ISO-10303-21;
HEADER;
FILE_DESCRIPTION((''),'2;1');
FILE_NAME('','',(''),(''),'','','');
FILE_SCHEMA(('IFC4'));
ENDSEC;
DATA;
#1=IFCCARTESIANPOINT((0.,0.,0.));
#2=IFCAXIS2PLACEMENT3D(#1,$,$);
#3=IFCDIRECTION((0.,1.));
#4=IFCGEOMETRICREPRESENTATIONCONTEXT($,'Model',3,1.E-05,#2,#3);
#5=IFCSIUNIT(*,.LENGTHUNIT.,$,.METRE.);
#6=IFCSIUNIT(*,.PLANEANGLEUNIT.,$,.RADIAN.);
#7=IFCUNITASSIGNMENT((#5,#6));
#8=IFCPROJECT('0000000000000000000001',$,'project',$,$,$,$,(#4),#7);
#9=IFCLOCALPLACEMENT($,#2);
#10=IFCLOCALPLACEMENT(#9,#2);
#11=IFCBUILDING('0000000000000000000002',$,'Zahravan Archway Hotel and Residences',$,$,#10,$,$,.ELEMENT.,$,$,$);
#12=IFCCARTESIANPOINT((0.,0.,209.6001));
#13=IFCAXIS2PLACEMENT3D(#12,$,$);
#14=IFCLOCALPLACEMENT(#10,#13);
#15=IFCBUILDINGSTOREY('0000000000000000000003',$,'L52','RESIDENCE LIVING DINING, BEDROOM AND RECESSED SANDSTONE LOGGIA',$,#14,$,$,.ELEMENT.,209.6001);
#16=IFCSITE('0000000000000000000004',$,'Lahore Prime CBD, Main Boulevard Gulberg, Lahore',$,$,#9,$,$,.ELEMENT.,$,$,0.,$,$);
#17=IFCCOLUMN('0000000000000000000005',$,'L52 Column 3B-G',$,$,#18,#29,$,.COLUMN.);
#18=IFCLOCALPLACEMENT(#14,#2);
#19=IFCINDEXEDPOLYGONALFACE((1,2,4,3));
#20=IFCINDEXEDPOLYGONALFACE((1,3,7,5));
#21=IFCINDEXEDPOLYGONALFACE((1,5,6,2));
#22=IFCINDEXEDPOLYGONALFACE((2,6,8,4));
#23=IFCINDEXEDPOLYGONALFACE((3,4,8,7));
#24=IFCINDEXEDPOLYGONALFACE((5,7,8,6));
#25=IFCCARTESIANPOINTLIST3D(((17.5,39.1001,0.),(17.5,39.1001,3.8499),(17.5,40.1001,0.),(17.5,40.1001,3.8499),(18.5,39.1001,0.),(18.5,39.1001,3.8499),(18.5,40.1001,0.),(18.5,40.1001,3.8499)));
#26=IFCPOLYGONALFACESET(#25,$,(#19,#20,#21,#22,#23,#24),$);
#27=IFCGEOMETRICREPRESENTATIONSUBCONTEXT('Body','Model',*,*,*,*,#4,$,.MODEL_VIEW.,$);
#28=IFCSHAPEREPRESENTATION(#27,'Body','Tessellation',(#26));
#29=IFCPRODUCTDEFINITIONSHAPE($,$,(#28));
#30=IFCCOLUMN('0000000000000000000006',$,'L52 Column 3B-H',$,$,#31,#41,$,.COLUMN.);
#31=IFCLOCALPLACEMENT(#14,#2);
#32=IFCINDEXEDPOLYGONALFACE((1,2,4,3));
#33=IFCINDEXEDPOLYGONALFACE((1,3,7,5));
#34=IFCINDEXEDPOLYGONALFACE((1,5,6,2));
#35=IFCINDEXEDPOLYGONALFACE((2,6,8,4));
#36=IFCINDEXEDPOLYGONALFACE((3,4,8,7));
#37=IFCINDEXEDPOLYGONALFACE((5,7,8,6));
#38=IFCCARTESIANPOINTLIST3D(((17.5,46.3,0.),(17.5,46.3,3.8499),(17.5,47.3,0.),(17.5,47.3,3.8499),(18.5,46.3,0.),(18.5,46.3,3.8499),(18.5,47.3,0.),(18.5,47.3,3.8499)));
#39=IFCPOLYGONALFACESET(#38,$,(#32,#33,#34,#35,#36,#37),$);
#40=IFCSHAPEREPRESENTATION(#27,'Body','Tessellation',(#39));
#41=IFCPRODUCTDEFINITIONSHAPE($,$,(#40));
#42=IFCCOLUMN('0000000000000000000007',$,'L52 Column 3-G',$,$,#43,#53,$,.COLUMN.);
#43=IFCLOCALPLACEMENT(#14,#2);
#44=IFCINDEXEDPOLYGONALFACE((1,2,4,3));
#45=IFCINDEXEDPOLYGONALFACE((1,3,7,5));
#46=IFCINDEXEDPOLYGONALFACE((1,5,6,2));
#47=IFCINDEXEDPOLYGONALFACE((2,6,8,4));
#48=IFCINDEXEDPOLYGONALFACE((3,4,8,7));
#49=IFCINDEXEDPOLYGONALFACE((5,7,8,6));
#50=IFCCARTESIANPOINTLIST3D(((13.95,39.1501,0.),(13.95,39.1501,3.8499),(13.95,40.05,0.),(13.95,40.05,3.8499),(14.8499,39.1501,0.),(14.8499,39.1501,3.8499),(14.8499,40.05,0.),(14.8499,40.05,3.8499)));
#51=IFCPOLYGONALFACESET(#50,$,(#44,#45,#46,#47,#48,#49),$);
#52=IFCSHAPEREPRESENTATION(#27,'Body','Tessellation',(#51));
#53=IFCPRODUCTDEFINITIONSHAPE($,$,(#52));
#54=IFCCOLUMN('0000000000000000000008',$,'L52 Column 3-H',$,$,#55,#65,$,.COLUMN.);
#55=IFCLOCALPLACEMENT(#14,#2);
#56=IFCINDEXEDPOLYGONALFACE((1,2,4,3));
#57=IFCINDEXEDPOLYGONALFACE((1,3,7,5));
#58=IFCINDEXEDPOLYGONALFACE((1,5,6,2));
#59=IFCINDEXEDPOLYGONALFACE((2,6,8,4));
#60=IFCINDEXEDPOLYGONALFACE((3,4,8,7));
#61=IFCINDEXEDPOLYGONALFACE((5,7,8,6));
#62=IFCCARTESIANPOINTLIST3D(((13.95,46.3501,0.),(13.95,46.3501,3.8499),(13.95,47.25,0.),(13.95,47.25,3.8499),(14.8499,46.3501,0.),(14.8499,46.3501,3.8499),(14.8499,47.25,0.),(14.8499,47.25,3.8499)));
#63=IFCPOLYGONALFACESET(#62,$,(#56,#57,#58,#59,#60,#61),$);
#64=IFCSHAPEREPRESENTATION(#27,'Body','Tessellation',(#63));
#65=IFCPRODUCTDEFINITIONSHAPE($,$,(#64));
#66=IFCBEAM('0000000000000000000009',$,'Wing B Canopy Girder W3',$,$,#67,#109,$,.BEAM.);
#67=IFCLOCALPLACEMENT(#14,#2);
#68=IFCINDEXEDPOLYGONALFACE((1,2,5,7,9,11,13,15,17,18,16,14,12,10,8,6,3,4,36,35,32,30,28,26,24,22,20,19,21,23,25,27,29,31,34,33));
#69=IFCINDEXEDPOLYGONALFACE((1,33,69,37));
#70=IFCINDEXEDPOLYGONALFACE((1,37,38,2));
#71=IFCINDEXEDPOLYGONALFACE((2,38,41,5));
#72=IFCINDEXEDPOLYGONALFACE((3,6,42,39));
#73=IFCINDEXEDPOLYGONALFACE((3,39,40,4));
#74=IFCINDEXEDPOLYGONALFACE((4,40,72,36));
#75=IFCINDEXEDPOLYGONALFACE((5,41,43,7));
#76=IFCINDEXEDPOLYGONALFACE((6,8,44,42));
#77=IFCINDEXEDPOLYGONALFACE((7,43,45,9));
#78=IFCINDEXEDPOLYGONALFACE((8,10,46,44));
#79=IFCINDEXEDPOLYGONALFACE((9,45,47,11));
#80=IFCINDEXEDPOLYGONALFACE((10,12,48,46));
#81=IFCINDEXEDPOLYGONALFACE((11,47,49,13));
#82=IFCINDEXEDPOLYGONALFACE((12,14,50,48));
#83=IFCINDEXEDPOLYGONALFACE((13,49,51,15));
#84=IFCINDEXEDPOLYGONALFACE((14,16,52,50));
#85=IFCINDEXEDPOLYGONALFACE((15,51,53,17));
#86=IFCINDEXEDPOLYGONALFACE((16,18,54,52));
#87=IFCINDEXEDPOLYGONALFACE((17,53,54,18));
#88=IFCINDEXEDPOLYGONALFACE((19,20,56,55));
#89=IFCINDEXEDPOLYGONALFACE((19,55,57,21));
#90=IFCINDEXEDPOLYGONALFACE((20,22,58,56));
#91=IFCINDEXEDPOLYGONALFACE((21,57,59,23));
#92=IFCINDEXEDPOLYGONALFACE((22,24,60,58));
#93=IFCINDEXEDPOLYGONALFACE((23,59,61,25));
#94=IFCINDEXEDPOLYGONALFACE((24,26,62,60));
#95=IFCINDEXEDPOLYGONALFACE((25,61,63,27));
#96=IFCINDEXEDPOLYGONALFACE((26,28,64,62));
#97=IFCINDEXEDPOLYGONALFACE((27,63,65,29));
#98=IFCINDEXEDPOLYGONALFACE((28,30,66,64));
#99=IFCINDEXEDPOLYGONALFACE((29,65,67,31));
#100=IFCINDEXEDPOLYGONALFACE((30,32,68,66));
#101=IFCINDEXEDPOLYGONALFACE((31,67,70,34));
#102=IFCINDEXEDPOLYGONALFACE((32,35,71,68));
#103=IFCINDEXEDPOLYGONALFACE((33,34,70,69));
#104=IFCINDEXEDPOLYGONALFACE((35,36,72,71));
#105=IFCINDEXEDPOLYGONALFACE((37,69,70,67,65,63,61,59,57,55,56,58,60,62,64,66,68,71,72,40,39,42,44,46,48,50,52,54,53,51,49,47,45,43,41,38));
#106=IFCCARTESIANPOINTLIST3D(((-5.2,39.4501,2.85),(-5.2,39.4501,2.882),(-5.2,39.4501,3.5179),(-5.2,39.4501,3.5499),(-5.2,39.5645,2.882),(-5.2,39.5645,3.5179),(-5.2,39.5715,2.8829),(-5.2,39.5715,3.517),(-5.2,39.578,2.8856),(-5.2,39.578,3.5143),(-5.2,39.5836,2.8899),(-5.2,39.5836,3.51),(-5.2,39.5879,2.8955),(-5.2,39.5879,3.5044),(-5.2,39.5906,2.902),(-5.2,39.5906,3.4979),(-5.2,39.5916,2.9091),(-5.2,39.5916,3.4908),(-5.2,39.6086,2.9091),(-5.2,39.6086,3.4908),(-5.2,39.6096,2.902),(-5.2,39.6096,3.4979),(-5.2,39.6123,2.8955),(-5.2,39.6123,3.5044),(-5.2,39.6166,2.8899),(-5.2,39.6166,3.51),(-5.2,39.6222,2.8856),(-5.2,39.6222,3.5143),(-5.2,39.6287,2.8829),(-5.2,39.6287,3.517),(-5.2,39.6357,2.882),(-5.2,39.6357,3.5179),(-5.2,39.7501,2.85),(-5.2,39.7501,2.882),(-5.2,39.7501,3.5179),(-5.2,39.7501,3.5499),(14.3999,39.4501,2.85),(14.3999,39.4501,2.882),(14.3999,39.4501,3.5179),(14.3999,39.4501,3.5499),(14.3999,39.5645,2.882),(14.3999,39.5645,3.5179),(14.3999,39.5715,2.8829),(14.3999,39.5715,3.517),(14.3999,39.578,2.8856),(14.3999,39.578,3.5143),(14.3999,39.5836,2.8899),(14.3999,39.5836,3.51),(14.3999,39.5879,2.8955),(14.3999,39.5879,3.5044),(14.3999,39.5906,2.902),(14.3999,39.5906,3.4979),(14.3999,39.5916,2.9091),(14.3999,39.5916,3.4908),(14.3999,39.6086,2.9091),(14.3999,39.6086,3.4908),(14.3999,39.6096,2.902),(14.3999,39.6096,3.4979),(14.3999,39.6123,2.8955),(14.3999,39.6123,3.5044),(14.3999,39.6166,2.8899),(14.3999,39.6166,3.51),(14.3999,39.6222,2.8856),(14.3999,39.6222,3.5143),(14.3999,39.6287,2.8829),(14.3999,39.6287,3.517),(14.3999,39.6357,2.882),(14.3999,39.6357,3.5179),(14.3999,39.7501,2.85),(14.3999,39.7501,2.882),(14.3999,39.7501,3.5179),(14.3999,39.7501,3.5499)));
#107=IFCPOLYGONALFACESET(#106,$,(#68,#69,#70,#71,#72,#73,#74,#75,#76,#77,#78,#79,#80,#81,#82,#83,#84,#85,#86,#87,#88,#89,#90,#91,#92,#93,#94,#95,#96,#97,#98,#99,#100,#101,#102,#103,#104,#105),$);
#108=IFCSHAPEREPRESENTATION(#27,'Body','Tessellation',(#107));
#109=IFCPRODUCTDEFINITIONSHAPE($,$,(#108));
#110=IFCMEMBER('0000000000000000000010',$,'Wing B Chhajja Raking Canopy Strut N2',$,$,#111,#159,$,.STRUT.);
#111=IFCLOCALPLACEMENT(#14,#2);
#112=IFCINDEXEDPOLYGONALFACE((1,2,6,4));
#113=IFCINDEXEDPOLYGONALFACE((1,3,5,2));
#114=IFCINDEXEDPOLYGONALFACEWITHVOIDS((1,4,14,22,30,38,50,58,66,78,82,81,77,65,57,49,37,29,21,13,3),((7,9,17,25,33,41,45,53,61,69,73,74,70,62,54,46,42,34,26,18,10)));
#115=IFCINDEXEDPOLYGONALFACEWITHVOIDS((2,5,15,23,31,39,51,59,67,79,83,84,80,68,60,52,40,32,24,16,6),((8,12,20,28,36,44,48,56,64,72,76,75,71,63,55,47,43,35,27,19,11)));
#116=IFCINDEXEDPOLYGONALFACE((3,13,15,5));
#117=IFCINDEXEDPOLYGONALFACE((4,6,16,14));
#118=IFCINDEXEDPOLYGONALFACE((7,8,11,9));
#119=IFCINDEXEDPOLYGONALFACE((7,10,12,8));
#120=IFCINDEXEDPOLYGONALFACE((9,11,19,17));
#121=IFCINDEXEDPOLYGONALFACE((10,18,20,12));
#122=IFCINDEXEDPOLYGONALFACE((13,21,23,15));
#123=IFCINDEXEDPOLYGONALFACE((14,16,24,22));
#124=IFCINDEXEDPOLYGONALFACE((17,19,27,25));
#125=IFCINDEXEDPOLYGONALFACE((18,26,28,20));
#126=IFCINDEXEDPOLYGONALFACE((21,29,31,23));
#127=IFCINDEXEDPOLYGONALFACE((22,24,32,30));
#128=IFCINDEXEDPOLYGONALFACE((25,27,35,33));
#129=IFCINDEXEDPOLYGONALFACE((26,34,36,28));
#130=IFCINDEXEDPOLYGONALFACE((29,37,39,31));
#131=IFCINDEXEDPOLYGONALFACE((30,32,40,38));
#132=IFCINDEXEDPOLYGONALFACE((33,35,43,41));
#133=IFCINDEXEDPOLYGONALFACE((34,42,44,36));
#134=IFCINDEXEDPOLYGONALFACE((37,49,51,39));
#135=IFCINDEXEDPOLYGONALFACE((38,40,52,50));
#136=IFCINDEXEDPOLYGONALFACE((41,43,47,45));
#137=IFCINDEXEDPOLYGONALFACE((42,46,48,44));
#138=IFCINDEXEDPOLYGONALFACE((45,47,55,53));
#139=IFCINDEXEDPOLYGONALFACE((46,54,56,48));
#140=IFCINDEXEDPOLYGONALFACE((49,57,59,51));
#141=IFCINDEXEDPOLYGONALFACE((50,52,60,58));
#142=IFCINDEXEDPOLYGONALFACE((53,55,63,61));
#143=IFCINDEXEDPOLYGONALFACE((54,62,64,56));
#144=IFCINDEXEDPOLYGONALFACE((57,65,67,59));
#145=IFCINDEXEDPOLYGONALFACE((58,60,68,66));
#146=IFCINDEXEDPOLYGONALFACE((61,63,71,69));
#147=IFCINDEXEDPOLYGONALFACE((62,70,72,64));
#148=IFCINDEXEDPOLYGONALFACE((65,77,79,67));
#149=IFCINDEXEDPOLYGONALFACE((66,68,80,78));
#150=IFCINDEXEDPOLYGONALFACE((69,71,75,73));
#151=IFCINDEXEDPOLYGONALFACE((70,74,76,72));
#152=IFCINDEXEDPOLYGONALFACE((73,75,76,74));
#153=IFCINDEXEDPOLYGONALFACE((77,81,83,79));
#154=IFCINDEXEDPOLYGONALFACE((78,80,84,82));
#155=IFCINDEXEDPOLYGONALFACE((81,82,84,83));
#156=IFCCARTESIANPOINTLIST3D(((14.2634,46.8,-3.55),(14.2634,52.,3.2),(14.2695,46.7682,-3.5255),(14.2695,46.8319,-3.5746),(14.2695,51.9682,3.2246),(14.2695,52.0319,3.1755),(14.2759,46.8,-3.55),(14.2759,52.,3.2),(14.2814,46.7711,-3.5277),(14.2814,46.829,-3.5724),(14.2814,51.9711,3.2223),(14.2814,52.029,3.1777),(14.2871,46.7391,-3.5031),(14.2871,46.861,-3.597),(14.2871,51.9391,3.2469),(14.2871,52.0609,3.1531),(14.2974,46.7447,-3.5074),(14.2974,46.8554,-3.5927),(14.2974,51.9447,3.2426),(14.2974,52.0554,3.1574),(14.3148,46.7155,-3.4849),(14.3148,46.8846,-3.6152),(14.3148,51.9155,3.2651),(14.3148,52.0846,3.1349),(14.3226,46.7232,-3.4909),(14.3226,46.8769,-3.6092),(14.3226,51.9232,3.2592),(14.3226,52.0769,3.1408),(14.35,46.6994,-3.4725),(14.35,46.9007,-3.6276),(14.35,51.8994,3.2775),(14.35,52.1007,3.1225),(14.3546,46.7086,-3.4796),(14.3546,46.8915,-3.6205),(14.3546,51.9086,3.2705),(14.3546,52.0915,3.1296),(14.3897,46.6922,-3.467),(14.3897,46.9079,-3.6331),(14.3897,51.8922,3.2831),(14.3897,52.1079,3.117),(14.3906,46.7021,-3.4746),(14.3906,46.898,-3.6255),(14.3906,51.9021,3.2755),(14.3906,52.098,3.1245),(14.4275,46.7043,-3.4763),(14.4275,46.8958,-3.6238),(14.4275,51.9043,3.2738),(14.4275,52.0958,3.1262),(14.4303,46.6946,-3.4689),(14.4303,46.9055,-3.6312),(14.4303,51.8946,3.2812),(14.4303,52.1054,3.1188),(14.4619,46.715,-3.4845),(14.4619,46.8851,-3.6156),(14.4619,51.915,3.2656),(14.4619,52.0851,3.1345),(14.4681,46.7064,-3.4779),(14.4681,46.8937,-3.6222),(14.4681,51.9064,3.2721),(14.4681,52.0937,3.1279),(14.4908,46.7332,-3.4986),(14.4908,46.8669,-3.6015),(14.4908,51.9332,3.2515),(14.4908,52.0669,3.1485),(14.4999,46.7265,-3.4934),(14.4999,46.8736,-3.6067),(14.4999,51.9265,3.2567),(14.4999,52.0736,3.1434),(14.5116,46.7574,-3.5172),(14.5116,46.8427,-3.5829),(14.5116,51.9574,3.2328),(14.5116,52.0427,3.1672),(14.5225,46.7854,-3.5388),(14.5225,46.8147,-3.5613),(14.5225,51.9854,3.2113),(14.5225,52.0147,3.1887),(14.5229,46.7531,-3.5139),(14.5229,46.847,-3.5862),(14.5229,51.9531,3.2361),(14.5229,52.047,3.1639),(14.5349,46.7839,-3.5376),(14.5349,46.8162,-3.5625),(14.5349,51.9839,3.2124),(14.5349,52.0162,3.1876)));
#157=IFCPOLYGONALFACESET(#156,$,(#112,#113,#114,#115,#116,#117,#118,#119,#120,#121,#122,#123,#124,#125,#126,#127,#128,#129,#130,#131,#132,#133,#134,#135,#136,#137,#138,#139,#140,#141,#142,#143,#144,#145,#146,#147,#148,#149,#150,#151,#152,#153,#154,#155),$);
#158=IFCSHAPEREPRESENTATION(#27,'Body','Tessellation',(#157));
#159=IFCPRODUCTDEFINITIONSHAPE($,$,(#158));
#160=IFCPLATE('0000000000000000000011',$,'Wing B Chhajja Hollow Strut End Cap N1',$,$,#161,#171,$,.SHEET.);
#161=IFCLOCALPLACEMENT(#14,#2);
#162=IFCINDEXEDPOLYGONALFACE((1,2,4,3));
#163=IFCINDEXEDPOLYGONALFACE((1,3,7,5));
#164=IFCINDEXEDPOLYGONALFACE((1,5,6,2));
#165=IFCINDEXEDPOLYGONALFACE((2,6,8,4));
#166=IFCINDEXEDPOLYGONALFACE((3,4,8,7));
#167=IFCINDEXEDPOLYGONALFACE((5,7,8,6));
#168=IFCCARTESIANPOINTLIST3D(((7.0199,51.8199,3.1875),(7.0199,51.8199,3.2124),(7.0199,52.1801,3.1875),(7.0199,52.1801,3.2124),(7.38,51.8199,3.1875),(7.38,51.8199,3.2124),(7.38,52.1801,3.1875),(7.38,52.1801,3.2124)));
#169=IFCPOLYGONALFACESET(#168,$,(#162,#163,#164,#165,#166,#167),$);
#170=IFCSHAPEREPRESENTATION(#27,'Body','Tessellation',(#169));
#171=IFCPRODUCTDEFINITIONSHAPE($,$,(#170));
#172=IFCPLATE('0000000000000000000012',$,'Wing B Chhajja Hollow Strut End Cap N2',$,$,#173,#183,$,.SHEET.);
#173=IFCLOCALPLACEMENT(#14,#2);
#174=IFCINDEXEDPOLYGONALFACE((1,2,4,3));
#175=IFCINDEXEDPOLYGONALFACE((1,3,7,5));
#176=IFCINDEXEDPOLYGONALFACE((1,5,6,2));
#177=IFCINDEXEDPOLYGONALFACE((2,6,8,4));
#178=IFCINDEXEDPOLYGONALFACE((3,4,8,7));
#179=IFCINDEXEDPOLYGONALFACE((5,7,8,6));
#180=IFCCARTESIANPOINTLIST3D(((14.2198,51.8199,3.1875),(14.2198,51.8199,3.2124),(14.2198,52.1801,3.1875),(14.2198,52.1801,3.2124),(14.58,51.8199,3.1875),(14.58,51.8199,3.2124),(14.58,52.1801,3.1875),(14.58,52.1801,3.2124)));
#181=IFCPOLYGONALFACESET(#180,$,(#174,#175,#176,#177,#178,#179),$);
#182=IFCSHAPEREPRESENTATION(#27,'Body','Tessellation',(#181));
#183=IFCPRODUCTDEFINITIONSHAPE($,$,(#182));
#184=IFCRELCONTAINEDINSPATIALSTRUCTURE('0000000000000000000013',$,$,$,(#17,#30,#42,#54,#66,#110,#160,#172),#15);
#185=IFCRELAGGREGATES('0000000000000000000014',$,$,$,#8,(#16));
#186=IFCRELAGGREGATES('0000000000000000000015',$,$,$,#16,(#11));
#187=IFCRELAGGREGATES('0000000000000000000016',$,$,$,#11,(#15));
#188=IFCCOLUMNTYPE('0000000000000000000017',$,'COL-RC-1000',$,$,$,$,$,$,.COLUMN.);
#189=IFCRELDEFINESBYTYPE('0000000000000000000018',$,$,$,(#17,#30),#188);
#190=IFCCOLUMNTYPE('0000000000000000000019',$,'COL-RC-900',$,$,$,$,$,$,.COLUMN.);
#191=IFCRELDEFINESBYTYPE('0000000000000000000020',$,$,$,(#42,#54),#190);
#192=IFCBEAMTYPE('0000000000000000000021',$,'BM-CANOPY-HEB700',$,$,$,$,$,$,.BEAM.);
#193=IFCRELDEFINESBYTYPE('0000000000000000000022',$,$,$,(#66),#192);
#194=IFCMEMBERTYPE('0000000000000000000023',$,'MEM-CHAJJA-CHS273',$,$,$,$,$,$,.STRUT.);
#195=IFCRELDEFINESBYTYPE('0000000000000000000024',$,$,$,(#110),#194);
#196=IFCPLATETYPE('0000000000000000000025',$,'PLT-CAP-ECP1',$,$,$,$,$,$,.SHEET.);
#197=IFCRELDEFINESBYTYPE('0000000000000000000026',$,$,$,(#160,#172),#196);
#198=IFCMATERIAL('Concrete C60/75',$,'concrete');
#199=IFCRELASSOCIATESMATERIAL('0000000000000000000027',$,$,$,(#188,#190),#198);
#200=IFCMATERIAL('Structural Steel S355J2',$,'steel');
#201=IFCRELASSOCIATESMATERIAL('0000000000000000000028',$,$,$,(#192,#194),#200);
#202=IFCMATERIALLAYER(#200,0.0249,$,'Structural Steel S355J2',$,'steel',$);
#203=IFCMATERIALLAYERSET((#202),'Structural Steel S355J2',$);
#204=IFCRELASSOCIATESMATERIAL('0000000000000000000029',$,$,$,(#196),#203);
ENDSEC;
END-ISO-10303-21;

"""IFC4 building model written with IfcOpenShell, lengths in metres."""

from ifc_helpers import new_model, si_unit, direction, frame, origin, origin_2d, place, context, subcontext, project, spatial, rectangle, hollow_circle, i_section, extrude, source, transform, mapped, material, layer, layer_set, material_profile, profile_set, type_object, type_shapes, element, save


model = new_model("IFC4")

# Units and contexts
model_context = context("Model", 3, precision=1e-05, world=origin(), true_north=direction((0.0, 1.0)))
body_context = subcontext(model_context, "Body", "Model", "MODEL_VIEW")
ifc_project = project(units=[si_unit("LENGTHUNIT", "METRE"), si_unit("PLANEANGLEUNIT", "RADIAN")], contexts=[model_context])

# Site, building, storey
site_placement = place(None, origin())
site = spatial("IfcSite", under=ifc_project, at=site_placement, Name="Lahore Prime CBD, Main Boulevard Gulberg, Lahore", CompositionType="ELEMENT", RefElevation=0.0)
building_placement = place(site_placement, origin())
building = spatial("IfcBuilding", under=site, at=building_placement, Name="Zahravan Archway Hotel and Residences", CompositionType="ELEMENT")
storey_placement = place(building_placement, frame((0.0, 0.0, 209.6001)))
storey = spatial("IfcBuildingStorey", under=building, at=storey_placement, Name="L52", Description="RESIDENCE LIVING DINING, BEDROOM AND RECESSED SANDSTONE LOGGIA", CompositionType="ELEMENT", Elevation=209.6001)

# Columns
ifc_material_1 = material(Name="Concrete C60/75", Category="concrete")
ifc_material_profile_1 = material_profile(ifc_material_1, rectangle(XDim=1.0, YDim=1.0, at=origin_2d()), Name="RC-COL-1000x1000", Category="concrete")
ifc_profile_set_1 = profile_set([ifc_material_profile_1], Name="Concrete C60/75")
column_type_1 = type_object("IfcColumnType", Name="COL-RC-1000", PredefinedType="COLUMN", material=ifc_profile_set_1)
shared_shape_1 = source(origin(), body_context, "Body", "SweptSolid", [
    extrude(rectangle(XDim=1.0, YDim=1.0, at=origin_2d()), origin(), (0.0, 0.0, 1.0), 3.8499),
])
for number, where, z_axis, x_axis, name in (
    (1, (18.0, 39.6001, 0.0), (0.0, 0.0, 1.0), (1.0, 0.0, 0.0), "L52 Column 3B-G"),
    (2, (18.0, 46.8, 0.0), (0.0, 0.0, 1.0), (1.0, 0.0, 0.0), "L52 Column 3B-H"),
):
    element("IfcColumn", number, at=place(storey_placement, frame(where, z_axis=z_axis, x_axis=x_axis)), inside=storey, type_object=column_type_1, Name=name, PredefinedType="COLUMN", context=body_context, shape_type="MappedRepresentation", body=[
        mapped(shared_shape_1, transform((0.0, 0.0, 0.0), scale=1.0)),
    ])
ifc_material_profile_2 = material_profile(ifc_material_1, rectangle(XDim=0.8999, YDim=0.8999, at=origin_2d()), Name="RC-COL-900x900", Category="concrete")
ifc_profile_set_2 = profile_set([ifc_material_profile_2], Name="Concrete C60/75")
column_type_2 = type_object("IfcColumnType", Name="COL-RC-900", PredefinedType="COLUMN", material=ifc_profile_set_2)
shared_shape_2 = source(origin(), body_context, "Body", "SweptSolid", [
    extrude(rectangle(XDim=0.8999, YDim=0.8999, at=origin_2d()), origin(), (0.0, 0.0, 1.0), 3.8499),
])
for number, where, z_axis, x_axis, name in (
    (3, (14.3999, 39.6001, 0.0), (0.0, 0.0, 1.0), (1.0, 0.0, 0.0), "L52 Column 3-G"),
    (4, (14.3999, 46.8, 0.0), (0.0, 0.0, 1.0), (1.0, 0.0, 0.0), "L52 Column 3-H"),
):
    element("IfcColumn", number, at=place(storey_placement, frame(where, z_axis=z_axis, x_axis=x_axis)), inside=storey, type_object=column_type_2, Name=name, PredefinedType="COLUMN", context=body_context, shape_type="MappedRepresentation", body=[
        mapped(shared_shape_2, transform((0.0, 0.0, 0.0), scale=1.0)),
    ])

# Beam
ifc_material_2 = material(Name="Structural Steel S355J2", Category="steel")
ifc_material_profile_3 = material_profile(ifc_material_2, i_section(OverallWidth=0.3, OverallDepth=0.7, WebThickness=0.0171, FlangeThickness=0.032, FilletRadius=0.0271, at=origin_2d()), Name="HEB 700", Category="steel")
ifc_profile_set_3 = profile_set([ifc_material_profile_3], Name="Structural Steel S355J2")
beam_type = type_object("IfcBeamType", Name="BM-CANOPY-HEB700", PredefinedType="BEAM", material=ifc_profile_set_3)
shared_shape_3 = source(origin(), body_context, "Body", "SweptSolid", [
    extrude(i_section(OverallWidth=0.3, OverallDepth=0.7, WebThickness=0.0171, FlangeThickness=0.032, FilletRadius=0.0271, at=origin_2d()), origin(), (0.0, 0.0, 1.0), 19.5999),
])
type_shapes(beam_type, [shared_shape_3])
beam_placement = place(storey_placement, frame((14.3999, 39.6001, 3.2), z_axis=(-1.0, 0.0, 0.0), x_axis=(0.0, -1.0, 0.0)))
element("IfcBeam", 5, at=beam_placement, inside=storey, type_object=beam_type, Name="Wing B Canopy Girder W3", PredefinedType="BEAM", context=body_context, shape_type="MappedRepresentation", body=[
    mapped(shared_shape_3, transform((0.0, 0.0, 0.0), scale=1.0)),
])

# Member
ifc_material_profile_4 = material_profile(ifc_material_2, hollow_circle(Radius=0.1365, WallThickness=0.0125, at=origin_2d()), Name="CHS 273x12.5", Category="steel")
ifc_profile_set_4 = profile_set([ifc_material_profile_4], Name="Structural Steel S355J2")
member_type = type_object("IfcMemberType", Name="MEM-CHAJJA-CHS273", PredefinedType="STRUT", material=ifc_profile_set_4)
shared_shape_4 = source(origin(), body_context, "Body", "SweptSolid", [
    extrude(hollow_circle(Radius=0.1365, WallThickness=0.0125, at=origin_2d()), origin(), (0.0, 0.0, 1.0), 8.5208),
])
type_shapes(member_type, [shared_shape_4])
member_placement = place(storey_placement, frame((14.3999, 46.8, -3.55), z_axis=(0.0, 0.610274, 0.79219), x_axis=(-1.0, 0.0, 0.0)))
element("IfcMember", 6, at=member_placement, inside=storey, type_object=member_type, Name="Wing B Chhajja Raking Canopy Strut N2", PredefinedType="STRUT", context=body_context, shape_type="MappedRepresentation", body=[
    mapped(shared_shape_4, transform((0.0, 0.0, 0.0), scale=1.0)),
])

# Plates
ifc_layer_1 = layer(ifc_material_2, 0.0249, Name="Structural Steel S355J2", Category="steel")
ifc_layer_set_1 = layer_set([ifc_layer_1], Name="Structural Steel S355J2")
plate_type = type_object("IfcPlateType", Name="PLT-CAP-ECP1", PredefinedType="SHEET", material=ifc_layer_set_1)
shared_shape_5 = source(origin(), body_context, "Body", "SweptSolid", [
    extrude(rectangle(XDim=0.3601, YDim=0.3601, at=origin_2d()), origin(), (0.0, 0.0, 1.0), 0.0249),
])
type_shapes(plate_type, [shared_shape_5])
for number, where, z_axis, x_axis, name in (
    (7, (7.2, 52.0, 3.1875), (0.0, 0.0, 1.0), (1.0, 0.0, 0.0), "Wing B Chhajja Hollow Strut End Cap N1"),
    (8, (14.3999, 52.0, 3.1875), (0.0, 0.0, 1.0), (1.0, 0.0, 0.0), "Wing B Chhajja Hollow Strut End Cap N2"),
):
    element("IfcPlate", number, at=place(storey_placement, frame(where, z_axis=z_axis, x_axis=x_axis)), inside=storey, type_object=plate_type, Name=name, PredefinedType="SHEET", context=body_context, shape_type="MappedRepresentation", body=[
        mapped(shared_shape_5, transform((0.0, 0.0, 0.0), scale=1.0)),
    ])

save(model, "model.ifc")
